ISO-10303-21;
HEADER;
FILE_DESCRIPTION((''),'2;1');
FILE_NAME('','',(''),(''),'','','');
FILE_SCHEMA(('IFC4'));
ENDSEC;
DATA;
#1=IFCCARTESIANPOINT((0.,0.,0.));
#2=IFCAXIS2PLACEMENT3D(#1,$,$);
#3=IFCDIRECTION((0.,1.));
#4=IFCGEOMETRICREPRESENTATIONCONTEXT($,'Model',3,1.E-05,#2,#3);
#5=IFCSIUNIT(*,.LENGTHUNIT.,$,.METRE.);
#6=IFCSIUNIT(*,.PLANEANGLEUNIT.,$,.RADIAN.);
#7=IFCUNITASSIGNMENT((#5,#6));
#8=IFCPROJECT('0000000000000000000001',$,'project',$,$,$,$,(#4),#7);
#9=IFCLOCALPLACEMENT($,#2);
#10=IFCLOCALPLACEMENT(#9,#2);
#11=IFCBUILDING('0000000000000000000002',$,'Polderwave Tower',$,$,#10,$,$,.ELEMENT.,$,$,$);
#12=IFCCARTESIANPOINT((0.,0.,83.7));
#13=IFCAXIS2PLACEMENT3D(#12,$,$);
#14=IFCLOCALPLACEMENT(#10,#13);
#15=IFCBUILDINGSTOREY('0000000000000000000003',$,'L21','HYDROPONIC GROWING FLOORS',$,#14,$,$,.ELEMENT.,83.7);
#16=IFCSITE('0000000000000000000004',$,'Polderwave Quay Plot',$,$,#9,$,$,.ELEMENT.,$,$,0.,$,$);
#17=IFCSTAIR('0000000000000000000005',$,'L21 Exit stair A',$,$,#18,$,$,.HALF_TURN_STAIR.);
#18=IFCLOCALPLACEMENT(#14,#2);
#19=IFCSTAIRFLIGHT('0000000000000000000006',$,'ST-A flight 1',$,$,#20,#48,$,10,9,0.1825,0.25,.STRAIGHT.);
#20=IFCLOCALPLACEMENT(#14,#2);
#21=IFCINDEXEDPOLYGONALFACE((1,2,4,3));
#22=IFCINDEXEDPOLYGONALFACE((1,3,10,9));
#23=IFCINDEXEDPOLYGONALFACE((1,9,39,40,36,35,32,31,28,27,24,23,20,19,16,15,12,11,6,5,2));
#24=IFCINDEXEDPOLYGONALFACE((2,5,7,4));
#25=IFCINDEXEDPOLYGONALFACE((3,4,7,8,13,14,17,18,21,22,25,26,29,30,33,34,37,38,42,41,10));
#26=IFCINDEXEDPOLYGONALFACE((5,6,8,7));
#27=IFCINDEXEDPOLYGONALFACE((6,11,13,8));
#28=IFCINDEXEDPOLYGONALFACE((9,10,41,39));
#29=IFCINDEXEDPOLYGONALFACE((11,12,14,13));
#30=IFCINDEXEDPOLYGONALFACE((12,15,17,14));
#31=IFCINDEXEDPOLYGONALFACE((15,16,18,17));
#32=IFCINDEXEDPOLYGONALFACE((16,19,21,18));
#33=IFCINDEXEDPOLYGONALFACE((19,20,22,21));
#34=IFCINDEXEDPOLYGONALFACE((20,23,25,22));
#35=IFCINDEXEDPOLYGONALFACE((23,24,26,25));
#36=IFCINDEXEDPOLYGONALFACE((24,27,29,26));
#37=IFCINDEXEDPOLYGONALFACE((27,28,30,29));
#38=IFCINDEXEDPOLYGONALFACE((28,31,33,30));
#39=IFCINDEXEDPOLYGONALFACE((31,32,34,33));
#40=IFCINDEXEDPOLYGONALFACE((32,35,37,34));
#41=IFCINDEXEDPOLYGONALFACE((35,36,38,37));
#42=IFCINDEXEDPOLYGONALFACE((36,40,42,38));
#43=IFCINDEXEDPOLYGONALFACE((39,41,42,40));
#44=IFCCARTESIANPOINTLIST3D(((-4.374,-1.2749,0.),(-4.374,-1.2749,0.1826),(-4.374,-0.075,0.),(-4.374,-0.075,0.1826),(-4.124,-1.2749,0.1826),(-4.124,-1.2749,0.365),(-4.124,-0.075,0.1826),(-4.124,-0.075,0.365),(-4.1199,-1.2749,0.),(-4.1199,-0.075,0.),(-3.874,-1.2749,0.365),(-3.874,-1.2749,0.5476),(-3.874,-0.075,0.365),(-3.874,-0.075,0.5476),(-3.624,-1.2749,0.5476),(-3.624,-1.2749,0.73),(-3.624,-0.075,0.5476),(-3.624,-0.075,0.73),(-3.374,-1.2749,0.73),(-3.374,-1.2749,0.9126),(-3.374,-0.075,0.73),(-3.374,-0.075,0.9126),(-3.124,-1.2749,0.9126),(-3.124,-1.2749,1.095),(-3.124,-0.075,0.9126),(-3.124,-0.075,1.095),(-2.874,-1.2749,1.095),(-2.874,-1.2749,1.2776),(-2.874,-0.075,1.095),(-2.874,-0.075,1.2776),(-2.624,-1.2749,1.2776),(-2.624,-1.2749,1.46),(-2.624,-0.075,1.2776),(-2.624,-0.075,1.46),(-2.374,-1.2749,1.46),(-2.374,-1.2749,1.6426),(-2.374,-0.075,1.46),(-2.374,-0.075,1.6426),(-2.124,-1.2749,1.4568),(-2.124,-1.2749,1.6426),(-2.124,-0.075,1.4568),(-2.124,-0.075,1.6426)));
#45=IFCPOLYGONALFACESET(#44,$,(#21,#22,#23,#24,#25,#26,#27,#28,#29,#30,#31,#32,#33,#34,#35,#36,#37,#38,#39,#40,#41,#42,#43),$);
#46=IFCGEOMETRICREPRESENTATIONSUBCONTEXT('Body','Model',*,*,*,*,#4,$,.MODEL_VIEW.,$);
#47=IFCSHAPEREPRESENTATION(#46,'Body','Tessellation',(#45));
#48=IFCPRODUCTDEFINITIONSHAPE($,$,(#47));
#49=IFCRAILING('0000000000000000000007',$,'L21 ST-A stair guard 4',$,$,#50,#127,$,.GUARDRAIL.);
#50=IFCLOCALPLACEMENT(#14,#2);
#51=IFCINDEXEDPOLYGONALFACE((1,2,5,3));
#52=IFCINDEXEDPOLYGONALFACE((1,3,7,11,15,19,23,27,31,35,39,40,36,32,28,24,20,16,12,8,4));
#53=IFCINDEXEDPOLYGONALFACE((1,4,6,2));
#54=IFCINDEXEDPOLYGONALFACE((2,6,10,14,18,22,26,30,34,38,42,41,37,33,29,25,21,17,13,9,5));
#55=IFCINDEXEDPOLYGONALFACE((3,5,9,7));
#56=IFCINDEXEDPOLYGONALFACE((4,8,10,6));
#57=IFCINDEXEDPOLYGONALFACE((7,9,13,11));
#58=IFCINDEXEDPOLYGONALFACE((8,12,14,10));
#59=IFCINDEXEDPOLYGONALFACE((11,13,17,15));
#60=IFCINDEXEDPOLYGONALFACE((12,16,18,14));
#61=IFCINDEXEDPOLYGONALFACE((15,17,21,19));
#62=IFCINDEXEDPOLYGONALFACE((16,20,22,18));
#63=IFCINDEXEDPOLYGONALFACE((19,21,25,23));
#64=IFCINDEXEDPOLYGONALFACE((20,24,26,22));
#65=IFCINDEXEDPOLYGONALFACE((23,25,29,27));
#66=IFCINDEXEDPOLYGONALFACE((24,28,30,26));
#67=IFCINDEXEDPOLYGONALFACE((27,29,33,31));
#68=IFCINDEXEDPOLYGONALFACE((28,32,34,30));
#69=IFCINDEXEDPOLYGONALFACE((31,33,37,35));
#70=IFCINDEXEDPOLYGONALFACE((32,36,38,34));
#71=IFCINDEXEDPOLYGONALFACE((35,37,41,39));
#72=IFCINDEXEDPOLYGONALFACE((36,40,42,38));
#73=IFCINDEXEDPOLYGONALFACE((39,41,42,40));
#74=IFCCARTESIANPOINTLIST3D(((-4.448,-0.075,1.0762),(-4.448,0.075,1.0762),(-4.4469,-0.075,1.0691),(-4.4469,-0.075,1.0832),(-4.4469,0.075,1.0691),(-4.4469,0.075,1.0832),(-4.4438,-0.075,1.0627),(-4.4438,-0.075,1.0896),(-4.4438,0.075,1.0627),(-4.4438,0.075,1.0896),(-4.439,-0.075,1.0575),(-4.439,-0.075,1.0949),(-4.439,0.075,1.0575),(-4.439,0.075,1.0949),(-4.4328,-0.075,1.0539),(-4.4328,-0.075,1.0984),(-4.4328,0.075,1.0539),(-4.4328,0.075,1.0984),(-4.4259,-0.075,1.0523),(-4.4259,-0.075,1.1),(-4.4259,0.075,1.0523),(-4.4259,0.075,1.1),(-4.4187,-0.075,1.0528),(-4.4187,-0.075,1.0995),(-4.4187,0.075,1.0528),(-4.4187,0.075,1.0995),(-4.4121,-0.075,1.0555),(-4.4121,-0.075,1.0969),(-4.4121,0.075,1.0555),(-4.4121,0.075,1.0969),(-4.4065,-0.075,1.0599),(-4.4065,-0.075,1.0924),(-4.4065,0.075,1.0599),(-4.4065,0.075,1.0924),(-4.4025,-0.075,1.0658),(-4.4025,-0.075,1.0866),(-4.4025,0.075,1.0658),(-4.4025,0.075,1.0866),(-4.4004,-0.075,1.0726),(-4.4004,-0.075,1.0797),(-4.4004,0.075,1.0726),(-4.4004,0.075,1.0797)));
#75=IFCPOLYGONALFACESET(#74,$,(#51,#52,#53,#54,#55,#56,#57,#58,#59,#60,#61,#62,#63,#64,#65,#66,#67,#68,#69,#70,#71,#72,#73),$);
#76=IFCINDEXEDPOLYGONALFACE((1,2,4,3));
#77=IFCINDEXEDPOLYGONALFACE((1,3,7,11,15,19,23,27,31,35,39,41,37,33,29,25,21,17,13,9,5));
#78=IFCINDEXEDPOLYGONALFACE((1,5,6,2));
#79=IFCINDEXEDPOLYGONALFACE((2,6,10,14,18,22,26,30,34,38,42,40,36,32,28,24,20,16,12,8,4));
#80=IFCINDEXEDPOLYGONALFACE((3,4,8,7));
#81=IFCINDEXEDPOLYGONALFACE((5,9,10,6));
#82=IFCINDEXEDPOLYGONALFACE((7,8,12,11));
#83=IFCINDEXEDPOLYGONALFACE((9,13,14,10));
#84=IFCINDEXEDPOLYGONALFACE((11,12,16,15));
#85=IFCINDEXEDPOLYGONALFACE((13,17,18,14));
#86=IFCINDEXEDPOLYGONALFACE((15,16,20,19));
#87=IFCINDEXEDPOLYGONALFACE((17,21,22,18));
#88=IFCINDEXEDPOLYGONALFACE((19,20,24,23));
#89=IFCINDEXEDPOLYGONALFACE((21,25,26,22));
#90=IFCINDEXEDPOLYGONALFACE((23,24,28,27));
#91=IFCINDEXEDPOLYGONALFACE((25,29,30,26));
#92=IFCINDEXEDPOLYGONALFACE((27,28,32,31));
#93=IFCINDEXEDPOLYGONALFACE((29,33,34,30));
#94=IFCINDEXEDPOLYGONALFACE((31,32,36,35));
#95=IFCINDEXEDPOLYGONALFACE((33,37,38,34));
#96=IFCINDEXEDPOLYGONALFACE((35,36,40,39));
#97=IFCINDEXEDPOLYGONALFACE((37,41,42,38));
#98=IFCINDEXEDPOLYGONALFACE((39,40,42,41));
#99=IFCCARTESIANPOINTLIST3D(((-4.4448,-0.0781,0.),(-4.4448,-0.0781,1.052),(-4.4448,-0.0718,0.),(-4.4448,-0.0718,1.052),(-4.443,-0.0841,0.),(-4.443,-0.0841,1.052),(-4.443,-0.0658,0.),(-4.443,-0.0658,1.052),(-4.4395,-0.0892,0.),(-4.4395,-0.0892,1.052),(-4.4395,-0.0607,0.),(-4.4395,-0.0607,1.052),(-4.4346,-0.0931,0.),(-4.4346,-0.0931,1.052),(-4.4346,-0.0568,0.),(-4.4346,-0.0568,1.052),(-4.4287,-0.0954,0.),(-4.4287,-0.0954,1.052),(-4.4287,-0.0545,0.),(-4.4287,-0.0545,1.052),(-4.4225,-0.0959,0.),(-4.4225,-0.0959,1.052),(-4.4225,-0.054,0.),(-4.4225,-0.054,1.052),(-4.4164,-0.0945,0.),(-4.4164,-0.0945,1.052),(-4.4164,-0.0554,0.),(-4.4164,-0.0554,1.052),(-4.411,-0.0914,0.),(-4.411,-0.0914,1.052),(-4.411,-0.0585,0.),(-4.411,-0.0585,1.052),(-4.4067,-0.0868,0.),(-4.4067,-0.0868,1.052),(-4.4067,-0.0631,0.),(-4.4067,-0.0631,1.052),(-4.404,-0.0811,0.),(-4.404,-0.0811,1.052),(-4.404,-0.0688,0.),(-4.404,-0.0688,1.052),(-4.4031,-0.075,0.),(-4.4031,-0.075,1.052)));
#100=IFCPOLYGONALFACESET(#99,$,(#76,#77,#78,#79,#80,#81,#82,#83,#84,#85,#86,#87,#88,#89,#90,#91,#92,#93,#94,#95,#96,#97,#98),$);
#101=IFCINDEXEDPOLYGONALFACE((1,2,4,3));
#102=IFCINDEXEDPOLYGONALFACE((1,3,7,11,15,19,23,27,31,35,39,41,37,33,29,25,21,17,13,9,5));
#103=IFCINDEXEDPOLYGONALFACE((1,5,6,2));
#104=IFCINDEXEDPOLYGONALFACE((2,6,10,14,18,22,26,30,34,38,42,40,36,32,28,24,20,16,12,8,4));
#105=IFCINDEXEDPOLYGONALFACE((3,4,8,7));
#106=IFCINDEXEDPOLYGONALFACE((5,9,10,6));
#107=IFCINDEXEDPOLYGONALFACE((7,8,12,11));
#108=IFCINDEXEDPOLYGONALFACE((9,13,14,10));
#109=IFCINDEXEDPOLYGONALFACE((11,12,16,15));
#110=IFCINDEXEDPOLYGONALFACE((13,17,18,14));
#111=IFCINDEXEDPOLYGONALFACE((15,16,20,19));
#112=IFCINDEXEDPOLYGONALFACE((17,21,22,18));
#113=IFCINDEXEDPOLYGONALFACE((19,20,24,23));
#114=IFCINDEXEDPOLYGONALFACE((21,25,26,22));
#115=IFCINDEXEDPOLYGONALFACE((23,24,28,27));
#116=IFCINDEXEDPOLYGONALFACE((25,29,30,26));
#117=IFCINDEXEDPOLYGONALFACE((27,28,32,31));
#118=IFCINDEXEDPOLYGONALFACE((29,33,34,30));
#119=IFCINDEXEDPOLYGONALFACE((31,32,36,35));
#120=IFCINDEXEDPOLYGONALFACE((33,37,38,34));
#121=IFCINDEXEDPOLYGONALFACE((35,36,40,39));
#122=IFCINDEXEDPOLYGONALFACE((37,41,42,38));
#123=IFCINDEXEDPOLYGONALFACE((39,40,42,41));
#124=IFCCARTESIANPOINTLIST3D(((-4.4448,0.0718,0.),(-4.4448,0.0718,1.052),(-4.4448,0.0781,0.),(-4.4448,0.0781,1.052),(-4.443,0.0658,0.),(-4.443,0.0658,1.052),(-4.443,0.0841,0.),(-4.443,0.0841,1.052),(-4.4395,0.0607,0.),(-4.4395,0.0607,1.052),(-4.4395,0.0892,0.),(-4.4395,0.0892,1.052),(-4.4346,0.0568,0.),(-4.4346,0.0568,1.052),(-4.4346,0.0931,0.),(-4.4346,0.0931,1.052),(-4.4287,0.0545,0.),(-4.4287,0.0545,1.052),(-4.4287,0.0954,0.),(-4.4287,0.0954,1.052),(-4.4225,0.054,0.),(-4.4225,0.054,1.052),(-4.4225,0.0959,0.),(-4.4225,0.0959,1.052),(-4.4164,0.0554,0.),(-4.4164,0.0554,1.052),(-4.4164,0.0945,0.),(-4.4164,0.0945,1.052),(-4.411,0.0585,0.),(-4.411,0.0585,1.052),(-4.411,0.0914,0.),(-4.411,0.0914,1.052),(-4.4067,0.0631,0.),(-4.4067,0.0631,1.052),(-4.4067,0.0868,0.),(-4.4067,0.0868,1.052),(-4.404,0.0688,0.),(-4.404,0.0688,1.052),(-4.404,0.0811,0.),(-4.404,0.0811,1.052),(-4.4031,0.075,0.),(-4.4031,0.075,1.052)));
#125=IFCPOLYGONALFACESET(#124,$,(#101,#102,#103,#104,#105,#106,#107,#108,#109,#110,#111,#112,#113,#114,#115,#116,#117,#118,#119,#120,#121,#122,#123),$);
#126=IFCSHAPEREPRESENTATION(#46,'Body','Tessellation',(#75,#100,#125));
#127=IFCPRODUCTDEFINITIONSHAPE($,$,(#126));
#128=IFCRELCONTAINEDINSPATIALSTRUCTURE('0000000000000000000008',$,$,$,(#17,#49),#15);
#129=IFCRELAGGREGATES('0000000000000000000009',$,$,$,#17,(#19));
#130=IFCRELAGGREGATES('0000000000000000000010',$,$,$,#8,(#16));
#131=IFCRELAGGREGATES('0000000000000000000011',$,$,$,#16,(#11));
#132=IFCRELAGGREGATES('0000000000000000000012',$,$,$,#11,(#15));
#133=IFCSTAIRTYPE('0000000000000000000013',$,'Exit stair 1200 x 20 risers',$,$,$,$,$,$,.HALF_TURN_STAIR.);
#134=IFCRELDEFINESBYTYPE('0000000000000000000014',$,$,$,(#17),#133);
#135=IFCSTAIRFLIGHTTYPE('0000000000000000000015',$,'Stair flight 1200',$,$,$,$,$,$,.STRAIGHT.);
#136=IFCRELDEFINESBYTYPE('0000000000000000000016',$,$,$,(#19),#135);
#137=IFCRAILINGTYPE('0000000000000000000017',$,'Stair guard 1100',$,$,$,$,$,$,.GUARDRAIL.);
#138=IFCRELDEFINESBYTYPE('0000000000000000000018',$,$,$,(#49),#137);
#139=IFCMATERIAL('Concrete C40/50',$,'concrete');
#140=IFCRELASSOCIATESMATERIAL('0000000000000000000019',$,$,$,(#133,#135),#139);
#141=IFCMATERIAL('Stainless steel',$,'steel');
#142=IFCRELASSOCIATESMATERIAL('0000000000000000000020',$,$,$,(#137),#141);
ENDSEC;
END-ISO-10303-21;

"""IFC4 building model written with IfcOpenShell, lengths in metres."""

from ifc_helpers import new_model, si_unit, direction, frame, origin, origin_2d, place, context, subcontext, project, spatial, polyline, circle, outline, extrude, material, type_object, element, aggregate, save


model = new_model("IFC4")

# Units and contexts
model_context = context("Model", 3, precision=1e-05, world=origin(), true_north=direction((0.0, 1.0)))
body_context = subcontext(model_context, "Body", "Model", "MODEL_VIEW")
ifc_project = project(units=[si_unit("LENGTHUNIT", "METRE"), si_unit("PLANEANGLEUNIT", "RADIAN")], contexts=[model_context])

# Site, building, storey
site_placement = place(None, origin())
site = spatial("IfcSite", under=ifc_project, at=site_placement, Name="Polderwave Quay Plot", CompositionType="ELEMENT", RefElevation=0.0)
building_placement = place(site_placement, origin())
building = spatial("IfcBuilding", under=site, at=building_placement, Name="Polderwave Tower", CompositionType="ELEMENT")
storey_placement = place(building_placement, frame((0.0, 0.0, 83.7)))
storey = spatial("IfcBuildingStorey", under=building, at=storey_placement, Name="L21", Description="HYDROPONIC GROWING FLOORS", CompositionType="ELEMENT", Elevation=83.7)

# Shared definitions
ifc_material_1 = material(Name="Stainless steel", Category="steel")

# Stair, stair flight
ifc_material_2 = material(Name="Concrete C40/50", Category="concrete")
stair_type = type_object("IfcStairType", Name="Exit stair 1200 x 20 risers", PredefinedType="HALF_TURN_STAIR", material=ifc_material_2)
stair_placement = place(storey_placement, origin())
stair = element("IfcStair", 1, at=stair_placement, inside=storey, type_object=stair_type, Name="L21 Exit stair A", PredefinedType="HALF_TURN_STAIR")
stair_flight_type = type_object("IfcStairFlightType", Name="Stair flight 1200", PredefinedType="STRAIGHT", material=ifc_material_2)
stair_flight_placement = place(storey_placement, frame((-4.374, -0.675, 0.0), z_axis=(0.0, 0.0, 1.0), x_axis=(1.0, 0.0, 0.0)))
stair_flight = element("IfcStairFlight", 2, at=stair_flight_placement, type_object=stair_flight_type, Name="ST-A flight 1", NumberOfRisers=10, NumberOfTreads=9, PredefinedType="STRAIGHT", RiserHeight=0.1825, TreadLength=0.25, context=body_context, shape_type="SweptSolid", body=[
    extrude(outline(polyline([(0.0, 0.0), (0.0, 0.1826), (0.25, 0.1826), (0.25, 0.365), (0.5, 0.365), (0.5, 0.5476), (0.75, 0.5476), (0.75, 0.73), (1.0, 0.73), (1.0, 0.9126), (1.25, 0.9126), (1.25, 1.095), (1.5, 1.095), (1.5, 1.2776), (1.75, 1.2776), (1.75, 1.46), (2.0, 1.46), (2.0, 1.6426), (2.25, 1.6426), (2.25, 1.825), (2.25, 1.4568), (0.2542, 0.0), (0.0, 0.0)])), frame((0.0, 0.6001, 0.0), z_axis=(0.0, -1.0, 0.0), x_axis=(1.0, 0.0, 0.0)), (0.0, 0.0, 1.0), 1.2),
])
aggregate(stair, [stair_flight])

# Railing
railing_type_1 = type_object("IfcRailingType", Name="Stair guard 1100", PredefinedType="GUARDRAIL", material=ifc_material_1)
railing_1_placement = place(storey_placement, frame((-4.4241, -0.075, 0.0)))
element("IfcRailing", 3, at=railing_1_placement, inside=storey, type_object=railing_type_1, Name="L21 ST-A stair guard 4", PredefinedType="GUARDRAIL", context=body_context, shape_type="SweptSolid", body=[
    extrude(circle(Radius=0.0239, at=origin_2d()), frame((0.0, 0.0, 1.0762), z_axis=(0.0, 1.0, 0.0), x_axis=(-1.0, 0.0, 0.0)), (0.0, 0.0, 1.0), 0.1499),
    extrude(circle(Radius=0.021, at=origin_2d()), origin(), (0.0, 0.0, 1.0), 1.052),
    extrude(circle(Radius=0.021, at=origin_2d()), frame((0.0, 0.1499, 0.0)), (0.0, 0.0, 1.0), 1.052),
])

save(model, "model.ifc")
